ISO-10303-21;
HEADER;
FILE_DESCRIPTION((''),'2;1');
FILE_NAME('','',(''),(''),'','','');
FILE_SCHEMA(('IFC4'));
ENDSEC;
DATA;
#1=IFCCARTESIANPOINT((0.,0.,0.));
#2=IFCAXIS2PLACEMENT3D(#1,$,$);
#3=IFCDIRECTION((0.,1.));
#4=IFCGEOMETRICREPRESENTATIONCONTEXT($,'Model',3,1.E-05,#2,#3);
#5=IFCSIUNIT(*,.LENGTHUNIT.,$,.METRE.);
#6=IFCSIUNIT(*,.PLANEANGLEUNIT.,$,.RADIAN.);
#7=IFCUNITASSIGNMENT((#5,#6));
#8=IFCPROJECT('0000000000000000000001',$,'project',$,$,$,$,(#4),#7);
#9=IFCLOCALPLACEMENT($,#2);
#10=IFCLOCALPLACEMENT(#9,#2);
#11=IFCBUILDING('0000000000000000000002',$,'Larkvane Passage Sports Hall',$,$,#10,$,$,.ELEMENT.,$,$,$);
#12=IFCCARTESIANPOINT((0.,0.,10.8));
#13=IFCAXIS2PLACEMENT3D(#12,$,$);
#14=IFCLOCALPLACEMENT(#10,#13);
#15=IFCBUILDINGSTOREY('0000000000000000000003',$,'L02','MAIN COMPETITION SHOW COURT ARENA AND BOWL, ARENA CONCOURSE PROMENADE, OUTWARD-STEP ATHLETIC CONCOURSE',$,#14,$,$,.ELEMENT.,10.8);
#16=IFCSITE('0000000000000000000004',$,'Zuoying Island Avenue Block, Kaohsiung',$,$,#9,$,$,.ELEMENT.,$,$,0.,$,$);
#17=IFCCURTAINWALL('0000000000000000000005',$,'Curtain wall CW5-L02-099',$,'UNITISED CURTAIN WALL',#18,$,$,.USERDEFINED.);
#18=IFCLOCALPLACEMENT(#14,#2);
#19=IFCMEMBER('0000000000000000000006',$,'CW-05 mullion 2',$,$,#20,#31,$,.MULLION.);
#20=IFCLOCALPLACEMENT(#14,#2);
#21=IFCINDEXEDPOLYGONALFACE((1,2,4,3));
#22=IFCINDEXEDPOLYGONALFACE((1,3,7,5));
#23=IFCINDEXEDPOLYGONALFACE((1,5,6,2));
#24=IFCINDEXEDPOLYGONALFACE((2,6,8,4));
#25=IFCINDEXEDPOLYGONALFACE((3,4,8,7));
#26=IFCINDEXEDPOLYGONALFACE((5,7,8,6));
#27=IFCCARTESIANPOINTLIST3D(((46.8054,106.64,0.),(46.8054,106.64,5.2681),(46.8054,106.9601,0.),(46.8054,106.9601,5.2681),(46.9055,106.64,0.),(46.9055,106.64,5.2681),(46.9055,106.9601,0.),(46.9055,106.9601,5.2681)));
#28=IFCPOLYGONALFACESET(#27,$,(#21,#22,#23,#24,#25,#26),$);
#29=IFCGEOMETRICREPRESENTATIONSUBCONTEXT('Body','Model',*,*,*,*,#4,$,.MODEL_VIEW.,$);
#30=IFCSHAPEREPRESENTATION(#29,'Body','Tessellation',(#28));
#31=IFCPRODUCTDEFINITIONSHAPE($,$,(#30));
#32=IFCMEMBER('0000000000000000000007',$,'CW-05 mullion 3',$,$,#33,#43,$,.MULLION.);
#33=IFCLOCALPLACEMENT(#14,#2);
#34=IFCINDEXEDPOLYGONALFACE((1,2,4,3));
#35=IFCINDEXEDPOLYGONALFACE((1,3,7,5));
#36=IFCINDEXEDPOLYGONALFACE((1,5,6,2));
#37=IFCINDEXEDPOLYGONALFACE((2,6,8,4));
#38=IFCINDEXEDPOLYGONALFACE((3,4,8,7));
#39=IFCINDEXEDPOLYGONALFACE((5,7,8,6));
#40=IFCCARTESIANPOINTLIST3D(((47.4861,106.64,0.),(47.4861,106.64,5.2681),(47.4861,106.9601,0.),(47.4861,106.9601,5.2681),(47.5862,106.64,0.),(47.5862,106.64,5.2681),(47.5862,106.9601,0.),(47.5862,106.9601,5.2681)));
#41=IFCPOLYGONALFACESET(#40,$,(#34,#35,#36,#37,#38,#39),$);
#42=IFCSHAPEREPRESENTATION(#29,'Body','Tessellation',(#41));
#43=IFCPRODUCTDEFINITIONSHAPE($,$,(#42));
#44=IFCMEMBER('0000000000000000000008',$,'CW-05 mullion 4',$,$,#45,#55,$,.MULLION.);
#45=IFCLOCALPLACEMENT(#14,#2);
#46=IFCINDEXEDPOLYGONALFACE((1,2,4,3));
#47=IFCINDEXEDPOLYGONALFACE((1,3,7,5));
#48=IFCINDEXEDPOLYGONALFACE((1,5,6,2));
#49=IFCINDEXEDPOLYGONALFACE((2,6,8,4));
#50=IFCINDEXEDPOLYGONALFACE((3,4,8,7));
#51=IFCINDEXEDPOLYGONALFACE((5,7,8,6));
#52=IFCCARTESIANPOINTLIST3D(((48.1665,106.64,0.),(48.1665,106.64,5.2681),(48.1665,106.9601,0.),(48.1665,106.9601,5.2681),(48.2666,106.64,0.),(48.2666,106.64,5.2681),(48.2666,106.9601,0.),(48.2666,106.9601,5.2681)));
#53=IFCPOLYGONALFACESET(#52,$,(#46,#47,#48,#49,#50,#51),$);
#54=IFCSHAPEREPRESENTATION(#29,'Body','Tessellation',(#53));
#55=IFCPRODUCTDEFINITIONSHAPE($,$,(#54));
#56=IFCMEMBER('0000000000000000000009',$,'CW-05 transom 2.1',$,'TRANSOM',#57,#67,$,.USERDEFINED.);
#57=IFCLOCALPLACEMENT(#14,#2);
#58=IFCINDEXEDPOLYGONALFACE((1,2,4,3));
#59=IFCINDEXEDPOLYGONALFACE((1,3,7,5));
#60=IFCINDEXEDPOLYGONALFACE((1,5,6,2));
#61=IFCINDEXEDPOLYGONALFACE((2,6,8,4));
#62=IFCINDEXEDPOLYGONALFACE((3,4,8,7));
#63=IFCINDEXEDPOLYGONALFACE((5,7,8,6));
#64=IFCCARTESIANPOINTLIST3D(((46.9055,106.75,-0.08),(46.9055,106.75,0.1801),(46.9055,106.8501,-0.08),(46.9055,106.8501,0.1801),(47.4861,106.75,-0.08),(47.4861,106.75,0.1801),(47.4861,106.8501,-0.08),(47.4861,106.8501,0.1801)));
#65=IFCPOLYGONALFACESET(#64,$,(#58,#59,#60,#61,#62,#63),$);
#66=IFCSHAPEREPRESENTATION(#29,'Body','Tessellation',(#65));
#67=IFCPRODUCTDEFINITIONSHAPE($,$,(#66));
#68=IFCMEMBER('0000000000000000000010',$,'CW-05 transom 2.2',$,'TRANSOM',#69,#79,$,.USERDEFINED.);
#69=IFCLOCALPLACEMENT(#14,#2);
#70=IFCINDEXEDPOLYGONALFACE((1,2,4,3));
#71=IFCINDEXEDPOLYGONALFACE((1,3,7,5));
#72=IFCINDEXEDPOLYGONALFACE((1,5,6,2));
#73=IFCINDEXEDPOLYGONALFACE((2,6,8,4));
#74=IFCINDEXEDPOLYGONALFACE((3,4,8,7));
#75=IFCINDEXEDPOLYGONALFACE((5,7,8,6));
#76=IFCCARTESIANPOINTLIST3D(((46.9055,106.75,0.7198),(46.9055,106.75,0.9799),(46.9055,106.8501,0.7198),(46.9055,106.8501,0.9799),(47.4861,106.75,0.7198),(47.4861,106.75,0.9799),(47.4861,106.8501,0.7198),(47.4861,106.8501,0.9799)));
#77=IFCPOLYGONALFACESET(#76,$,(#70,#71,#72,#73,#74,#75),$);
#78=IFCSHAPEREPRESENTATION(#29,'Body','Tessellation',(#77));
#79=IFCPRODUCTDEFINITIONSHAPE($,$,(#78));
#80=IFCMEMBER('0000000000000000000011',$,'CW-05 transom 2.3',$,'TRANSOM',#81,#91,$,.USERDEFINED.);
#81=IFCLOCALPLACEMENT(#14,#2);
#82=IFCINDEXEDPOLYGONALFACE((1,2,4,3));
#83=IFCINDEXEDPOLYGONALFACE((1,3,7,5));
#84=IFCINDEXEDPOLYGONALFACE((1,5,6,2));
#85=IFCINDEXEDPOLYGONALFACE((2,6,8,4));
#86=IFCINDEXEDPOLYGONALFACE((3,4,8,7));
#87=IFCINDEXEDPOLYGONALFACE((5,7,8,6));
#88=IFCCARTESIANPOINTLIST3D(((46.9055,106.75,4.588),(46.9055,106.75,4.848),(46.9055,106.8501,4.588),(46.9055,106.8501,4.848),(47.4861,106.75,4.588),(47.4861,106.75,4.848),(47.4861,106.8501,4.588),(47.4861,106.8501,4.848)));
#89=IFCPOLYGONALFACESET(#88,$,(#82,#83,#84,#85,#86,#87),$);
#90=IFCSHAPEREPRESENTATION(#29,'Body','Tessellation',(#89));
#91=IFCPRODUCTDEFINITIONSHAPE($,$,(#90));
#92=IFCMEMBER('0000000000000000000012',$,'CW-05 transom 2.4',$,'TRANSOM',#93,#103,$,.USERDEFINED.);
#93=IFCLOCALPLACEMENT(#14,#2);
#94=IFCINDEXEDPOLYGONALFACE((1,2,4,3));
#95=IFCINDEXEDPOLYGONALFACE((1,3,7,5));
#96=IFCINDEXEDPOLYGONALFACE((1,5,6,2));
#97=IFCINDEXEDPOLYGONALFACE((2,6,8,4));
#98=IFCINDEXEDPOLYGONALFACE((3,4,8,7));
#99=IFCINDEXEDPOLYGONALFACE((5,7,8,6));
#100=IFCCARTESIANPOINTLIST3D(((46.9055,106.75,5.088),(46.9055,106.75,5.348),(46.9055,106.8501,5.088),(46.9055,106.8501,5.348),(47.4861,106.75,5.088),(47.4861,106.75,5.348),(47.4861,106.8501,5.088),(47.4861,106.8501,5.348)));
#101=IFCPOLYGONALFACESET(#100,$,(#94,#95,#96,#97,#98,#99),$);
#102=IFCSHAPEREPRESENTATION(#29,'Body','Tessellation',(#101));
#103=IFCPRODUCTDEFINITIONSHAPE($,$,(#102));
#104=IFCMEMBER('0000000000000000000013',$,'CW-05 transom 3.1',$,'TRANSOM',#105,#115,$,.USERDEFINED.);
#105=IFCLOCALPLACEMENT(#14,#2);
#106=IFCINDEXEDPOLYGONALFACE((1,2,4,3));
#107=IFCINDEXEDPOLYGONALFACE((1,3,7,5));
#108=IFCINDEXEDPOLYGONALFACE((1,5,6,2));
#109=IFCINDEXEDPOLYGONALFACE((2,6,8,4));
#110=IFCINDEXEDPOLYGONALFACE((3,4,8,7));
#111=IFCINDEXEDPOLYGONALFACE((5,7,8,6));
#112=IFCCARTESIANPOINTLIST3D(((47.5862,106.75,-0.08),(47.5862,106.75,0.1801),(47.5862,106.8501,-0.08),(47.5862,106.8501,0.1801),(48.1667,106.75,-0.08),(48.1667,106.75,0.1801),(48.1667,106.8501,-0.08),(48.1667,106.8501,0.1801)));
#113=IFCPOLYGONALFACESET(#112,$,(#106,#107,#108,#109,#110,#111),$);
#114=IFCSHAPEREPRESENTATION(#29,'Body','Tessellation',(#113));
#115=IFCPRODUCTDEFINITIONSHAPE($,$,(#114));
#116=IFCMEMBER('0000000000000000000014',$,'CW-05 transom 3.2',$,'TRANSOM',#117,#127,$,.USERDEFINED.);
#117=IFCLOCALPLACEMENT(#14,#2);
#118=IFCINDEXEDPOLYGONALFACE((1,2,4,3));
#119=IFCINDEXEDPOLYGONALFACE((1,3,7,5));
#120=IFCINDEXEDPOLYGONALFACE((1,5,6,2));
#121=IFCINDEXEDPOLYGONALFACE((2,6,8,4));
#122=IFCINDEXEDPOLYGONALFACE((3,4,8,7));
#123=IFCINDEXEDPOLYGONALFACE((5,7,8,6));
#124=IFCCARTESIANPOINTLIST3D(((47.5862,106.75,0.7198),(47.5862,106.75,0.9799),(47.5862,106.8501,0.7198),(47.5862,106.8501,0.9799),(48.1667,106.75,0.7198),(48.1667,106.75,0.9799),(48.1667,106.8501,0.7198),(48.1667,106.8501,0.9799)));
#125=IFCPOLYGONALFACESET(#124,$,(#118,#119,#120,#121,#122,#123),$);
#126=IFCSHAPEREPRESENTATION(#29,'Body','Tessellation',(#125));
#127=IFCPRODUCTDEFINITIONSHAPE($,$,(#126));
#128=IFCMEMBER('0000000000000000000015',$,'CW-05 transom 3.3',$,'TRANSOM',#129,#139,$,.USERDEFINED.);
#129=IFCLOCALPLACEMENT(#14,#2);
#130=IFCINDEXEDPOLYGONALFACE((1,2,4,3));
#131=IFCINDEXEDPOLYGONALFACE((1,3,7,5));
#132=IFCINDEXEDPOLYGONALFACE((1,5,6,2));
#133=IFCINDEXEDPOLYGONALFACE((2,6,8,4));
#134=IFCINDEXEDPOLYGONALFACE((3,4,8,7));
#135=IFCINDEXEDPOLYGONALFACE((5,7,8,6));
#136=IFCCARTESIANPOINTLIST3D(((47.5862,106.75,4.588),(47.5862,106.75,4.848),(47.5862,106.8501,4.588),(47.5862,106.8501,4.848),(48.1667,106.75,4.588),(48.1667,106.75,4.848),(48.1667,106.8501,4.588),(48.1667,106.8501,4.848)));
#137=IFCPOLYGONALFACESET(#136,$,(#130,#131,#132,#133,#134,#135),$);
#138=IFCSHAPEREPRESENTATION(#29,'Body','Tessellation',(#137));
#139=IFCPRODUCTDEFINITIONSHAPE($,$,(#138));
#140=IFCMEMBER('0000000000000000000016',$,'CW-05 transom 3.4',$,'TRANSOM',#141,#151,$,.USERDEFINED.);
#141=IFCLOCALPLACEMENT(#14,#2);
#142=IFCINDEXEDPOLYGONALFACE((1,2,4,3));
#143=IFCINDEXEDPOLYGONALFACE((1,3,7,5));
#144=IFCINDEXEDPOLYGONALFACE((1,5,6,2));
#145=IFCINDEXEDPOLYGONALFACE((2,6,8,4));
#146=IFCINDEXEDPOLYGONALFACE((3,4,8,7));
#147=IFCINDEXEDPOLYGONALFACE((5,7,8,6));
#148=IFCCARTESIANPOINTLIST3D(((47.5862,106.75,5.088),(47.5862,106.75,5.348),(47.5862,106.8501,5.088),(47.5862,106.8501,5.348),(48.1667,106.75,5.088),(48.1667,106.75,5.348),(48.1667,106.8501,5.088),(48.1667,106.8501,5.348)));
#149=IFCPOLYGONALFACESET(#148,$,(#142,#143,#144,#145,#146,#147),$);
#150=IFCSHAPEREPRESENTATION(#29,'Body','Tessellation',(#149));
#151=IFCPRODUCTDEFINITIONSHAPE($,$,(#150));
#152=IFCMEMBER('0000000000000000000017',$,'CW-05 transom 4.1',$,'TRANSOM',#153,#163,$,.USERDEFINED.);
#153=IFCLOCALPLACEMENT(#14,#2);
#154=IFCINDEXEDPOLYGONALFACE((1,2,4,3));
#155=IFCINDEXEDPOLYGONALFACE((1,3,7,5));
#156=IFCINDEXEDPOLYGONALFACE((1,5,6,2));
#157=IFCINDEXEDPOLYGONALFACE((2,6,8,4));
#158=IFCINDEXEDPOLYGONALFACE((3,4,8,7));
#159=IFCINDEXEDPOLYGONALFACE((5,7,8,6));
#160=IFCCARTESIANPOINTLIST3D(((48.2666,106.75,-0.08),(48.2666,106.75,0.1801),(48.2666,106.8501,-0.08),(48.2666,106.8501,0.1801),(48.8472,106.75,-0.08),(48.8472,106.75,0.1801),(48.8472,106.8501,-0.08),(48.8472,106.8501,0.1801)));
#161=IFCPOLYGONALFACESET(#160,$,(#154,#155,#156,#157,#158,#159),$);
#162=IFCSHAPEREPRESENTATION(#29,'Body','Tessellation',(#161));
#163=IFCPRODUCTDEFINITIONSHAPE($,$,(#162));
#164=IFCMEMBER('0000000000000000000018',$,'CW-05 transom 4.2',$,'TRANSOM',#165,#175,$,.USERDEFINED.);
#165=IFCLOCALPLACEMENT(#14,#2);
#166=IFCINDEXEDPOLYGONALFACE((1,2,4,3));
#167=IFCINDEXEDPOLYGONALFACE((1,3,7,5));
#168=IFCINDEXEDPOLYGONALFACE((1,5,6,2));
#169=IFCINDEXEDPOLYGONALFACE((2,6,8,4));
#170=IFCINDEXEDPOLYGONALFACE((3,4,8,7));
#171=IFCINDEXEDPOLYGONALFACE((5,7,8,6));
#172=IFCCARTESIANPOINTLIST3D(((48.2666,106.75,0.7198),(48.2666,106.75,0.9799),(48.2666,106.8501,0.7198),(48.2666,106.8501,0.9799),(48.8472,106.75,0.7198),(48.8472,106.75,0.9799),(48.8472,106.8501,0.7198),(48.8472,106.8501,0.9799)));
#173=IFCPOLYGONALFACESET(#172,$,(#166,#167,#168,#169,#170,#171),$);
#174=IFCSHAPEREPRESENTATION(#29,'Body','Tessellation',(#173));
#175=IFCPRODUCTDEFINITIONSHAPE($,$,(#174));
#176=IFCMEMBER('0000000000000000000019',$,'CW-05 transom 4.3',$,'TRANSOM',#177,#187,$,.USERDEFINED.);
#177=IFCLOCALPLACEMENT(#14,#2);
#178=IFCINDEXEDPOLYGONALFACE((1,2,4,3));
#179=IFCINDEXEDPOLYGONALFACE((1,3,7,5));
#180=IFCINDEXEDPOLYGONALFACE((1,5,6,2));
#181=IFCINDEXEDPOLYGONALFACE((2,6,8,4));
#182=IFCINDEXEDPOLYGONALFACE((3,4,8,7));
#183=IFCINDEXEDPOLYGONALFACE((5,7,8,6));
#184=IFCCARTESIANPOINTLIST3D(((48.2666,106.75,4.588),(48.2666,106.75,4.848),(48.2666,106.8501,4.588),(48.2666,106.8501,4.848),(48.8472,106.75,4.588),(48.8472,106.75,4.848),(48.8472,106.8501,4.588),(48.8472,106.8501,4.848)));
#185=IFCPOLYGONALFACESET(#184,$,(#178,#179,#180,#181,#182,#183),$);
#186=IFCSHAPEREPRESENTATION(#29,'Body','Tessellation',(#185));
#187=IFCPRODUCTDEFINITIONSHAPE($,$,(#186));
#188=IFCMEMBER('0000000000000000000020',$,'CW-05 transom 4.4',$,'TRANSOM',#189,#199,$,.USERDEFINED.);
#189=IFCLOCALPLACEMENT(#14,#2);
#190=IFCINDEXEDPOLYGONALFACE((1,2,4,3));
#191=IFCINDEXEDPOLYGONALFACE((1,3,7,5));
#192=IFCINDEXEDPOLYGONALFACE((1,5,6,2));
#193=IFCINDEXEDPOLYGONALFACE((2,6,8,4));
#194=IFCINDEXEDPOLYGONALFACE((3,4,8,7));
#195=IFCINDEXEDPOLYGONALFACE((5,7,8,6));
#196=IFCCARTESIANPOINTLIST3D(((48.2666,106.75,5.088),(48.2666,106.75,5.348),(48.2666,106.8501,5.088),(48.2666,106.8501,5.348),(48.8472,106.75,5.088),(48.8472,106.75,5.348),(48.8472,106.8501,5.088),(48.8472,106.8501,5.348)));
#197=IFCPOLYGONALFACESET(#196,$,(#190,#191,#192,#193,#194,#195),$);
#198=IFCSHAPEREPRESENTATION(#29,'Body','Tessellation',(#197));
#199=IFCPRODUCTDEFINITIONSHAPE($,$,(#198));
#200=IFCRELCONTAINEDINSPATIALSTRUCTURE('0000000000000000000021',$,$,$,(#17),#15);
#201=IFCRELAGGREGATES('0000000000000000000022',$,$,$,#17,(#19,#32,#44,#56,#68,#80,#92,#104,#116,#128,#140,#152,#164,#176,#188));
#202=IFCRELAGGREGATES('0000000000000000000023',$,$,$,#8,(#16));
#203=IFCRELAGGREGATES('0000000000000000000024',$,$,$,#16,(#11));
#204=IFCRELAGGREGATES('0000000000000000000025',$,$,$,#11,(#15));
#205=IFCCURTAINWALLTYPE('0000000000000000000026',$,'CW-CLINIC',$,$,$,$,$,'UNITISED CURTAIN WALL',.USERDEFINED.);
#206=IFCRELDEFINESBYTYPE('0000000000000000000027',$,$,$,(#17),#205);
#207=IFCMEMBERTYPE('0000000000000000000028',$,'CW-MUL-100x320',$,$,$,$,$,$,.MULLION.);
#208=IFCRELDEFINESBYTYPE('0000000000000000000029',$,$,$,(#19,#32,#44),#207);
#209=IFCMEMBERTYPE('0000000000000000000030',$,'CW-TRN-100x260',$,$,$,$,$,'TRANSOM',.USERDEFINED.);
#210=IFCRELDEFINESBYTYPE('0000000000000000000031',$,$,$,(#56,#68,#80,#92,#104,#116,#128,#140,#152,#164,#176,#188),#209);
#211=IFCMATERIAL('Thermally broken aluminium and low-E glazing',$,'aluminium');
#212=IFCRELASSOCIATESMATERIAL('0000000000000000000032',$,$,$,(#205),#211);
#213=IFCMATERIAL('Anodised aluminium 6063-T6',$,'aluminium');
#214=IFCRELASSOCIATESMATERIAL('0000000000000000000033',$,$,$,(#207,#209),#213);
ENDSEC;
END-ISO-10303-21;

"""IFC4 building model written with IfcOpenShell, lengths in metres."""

from ifc_helpers import new_model, si_unit, direction, frame, origin, origin_2d, place, context, subcontext, project, spatial, rectangle, extrude, material, material_profile, profile_set, type_object, element, aggregate, save


model = new_model("IFC4")

# Units and contexts
model_context = context("Model", 3, precision=1e-05, world=origin(), true_north=direction((0.0, 1.0)))
body_context = subcontext(model_context, "Body", "Model", "MODEL_VIEW")
ifc_project = project(units=[si_unit("LENGTHUNIT", "METRE"), si_unit("PLANEANGLEUNIT", "RADIAN")], contexts=[model_context])

# Site, building, storey
site_placement = place(None, origin())
site = spatial("IfcSite", under=ifc_project, at=site_placement, Name="Zuoying Island Avenue Block, Kaohsiung", CompositionType="ELEMENT", RefElevation=0.0)
building_placement = place(site_placement, origin())
building = spatial("IfcBuilding", under=site, at=building_placement, Name="Larkvane Passage Sports Hall", CompositionType="ELEMENT")
storey_placement = place(building_placement, frame((0.0, 0.0, 10.8)))
storey = spatial("IfcBuildingStorey", under=building, at=storey_placement, Name="L02", Description="MAIN COMPETITION SHOW COURT ARENA AND BOWL, ARENA CONCOURSE PROMENADE, OUTWARD-STEP ATHLETIC CONCOURSE", CompositionType="ELEMENT", Elevation=10.8)

# Curtain wall, members
ifc_material_1 = material(Name="Thermally broken aluminium and low-E glazing", Category="aluminium")
curtain_wall_type = type_object("IfcCurtainWallType", Name="CW-CLINIC", ElementType="UNITISED CURTAIN WALL", PredefinedType="USERDEFINED", material=ifc_material_1)
curtain_wall_placement = place(storey_placement, origin())
curtain_wall = element("IfcCurtainWall", 1, at=curtain_wall_placement, inside=storey, type_object=curtain_wall_type, Name="Curtain wall CW5-L02-099", ObjectType="UNITISED CURTAIN WALL", PredefinedType="USERDEFINED")
ifc_material_2 = material(Name="Anodised aluminium 6063-T6", Category="aluminium")
ifc_material_profile_1 = material_profile(ifc_material_2, rectangle(XDim=0.1001, YDim=0.3201, at=origin_2d()), Name="ALU-MUL-100x320")
ifc_profile_set_1 = profile_set([ifc_material_profile_1], Name="Anodised aluminium 6063-T6")
member_type_1 = type_object("IfcMemberType", Name="CW-MUL-100x320", PredefinedType="MULLION", material=ifc_profile_set_1)
member_1_placement = place(storey_placement, frame((46.8555, 106.8, 0.0), z_axis=(0.0, 0.0, 1.0), x_axis=(1.0, 0.0, 0.0)))
member_1 = element("IfcMember", 2, at=member_1_placement, type_object=member_type_1, Name="CW-05 mullion 2", PredefinedType="MULLION", context=body_context, shape_type="SweptSolid", body=[
    extrude(rectangle(XDim=0.1001, YDim=0.3201, at=origin_2d()), origin(), (0.0, 0.0, 1.0), 5.2681),
])
member_2_placement = place(storey_placement, frame((47.5361, 106.8, 0.0), z_axis=(0.0, 0.0, 1.0), x_axis=(1.0, 0.0, 0.0)))
member_2 = element("IfcMember", 3, at=member_2_placement, type_object=member_type_1, Name="CW-05 mullion 3", PredefinedType="MULLION", context=body_context, shape_type="SweptSolid", body=[
    extrude(rectangle(XDim=0.1001, YDim=0.3201, at=origin_2d()), origin(), (0.0, 0.0, 1.0), 5.2681),
])
member_3_placement = place(storey_placement, frame((48.2166, 106.8, 0.0), z_axis=(0.0, 0.0, 1.0), x_axis=(1.0, 0.0, 0.0)))
member_3 = element("IfcMember", 4, at=member_3_placement, type_object=member_type_1, Name="CW-05 mullion 4", PredefinedType="MULLION", context=body_context, shape_type="SweptSolid", body=[
    extrude(rectangle(XDim=0.1001, YDim=0.3201, at=origin_2d()), origin(), (0.0, 0.0, 1.0), 5.2681),
])
ifc_material_profile_2 = material_profile(ifc_material_2, rectangle(XDim=0.1001, YDim=0.26, at=origin_2d()), Name="ALU-TRN-100x260")
ifc_profile_set_2 = profile_set([ifc_material_profile_2], Name="Anodised aluminium 6063-T6")
member_type_2 = type_object("IfcMemberType", Name="CW-TRN-100x260", ElementType="TRANSOM", PredefinedType="USERDEFINED", material=ifc_profile_set_2)
member_4_placement = place(storey_placement, frame((46.9055, 106.8, 0.05), z_axis=(1.0, 0.0, 0.0), x_axis=(0.0, 1.0, 0.0)))
member_4 = element("IfcMember", 5, at=member_4_placement, type_object=member_type_2, Name="CW-05 transom 2.1", ObjectType="TRANSOM", PredefinedType="USERDEFINED", context=body_context, shape_type="SweptSolid", body=[
    extrude(rectangle(XDim=0.1001, YDim=0.26, at=origin_2d()), origin(), (0.0, 0.0, 1.0), 0.5806),
])
member_5_placement = place(storey_placement, frame((46.9055, 106.8, 0.8499), z_axis=(1.0, 0.0, 0.0), x_axis=(0.0, 1.0, 0.0)))
member_5 = element("IfcMember", 6, at=member_5_placement, type_object=member_type_2, Name="CW-05 transom 2.2", ObjectType="TRANSOM", PredefinedType="USERDEFINED", context=body_context, shape_type="SweptSolid", body=[
    extrude(rectangle(XDim=0.1001, YDim=0.26, at=origin_2d()), origin(), (0.0, 0.0, 1.0), 0.5806),
])
member_6_placement = place(storey_placement, frame((46.9055, 106.8, 4.718), z_axis=(1.0, 0.0, 0.0), x_axis=(0.0, 1.0, 0.0)))
member_6 = element("IfcMember", 7, at=member_6_placement, type_object=member_type_2, Name="CW-05 transom 2.3", ObjectType="TRANSOM", PredefinedType="USERDEFINED", context=body_context, shape_type="SweptSolid", body=[
    extrude(rectangle(XDim=0.1001, YDim=0.26, at=origin_2d()), origin(), (0.0, 0.0, 1.0), 0.5806),
])
member_7_placement = place(storey_placement, frame((46.9055, 106.8, 5.218), z_axis=(1.0, 0.0, 0.0), x_axis=(0.0, 1.0, 0.0)))
member_7 = element("IfcMember", 8, at=member_7_placement, type_object=member_type_2, Name="CW-05 transom 2.4", ObjectType="TRANSOM", PredefinedType="USERDEFINED", context=body_context, shape_type="SweptSolid", body=[
    extrude(rectangle(XDim=0.1001, YDim=0.26, at=origin_2d()), origin(), (0.0, 0.0, 1.0), 0.5806),
])
member_8_placement = place(storey_placement, frame((47.5862, 106.8, 0.05), z_axis=(1.0, 0.0, 0.0), x_axis=(0.0, 1.0, 0.0)))
member_8 = element("IfcMember", 9, at=member_8_placement, type_object=member_type_2, Name="CW-05 transom 3.1", ObjectType="TRANSOM", PredefinedType="USERDEFINED", context=body_context, shape_type="SweptSolid", body=[
    extrude(rectangle(XDim=0.1001, YDim=0.26, at=origin_2d()), origin(), (0.0, 0.0, 1.0), 0.5806),
])
member_9_placement = place(storey_placement, frame((47.5862, 106.8, 0.8499), z_axis=(1.0, 0.0, 0.0), x_axis=(0.0, 1.0, 0.0)))
member_9 = element("IfcMember", 10, at=member_9_placement, type_object=member_type_2, Name="CW-05 transom 3.2", ObjectType="TRANSOM", PredefinedType="USERDEFINED", context=body_context, shape_type="SweptSolid", body=[
    extrude(rectangle(XDim=0.1001, YDim=0.26, at=origin_2d()), origin(), (0.0, 0.0, 1.0), 0.5806),
])
member_10_placement = place(storey_placement, frame((47.5862, 106.8, 4.718), z_axis=(1.0, 0.0, 0.0), x_axis=(0.0, 1.0, 0.0)))
member_10 = element("IfcMember", 11, at=member_10_placement, type_object=member_type_2, Name="CW-05 transom 3.3", ObjectType="TRANSOM", PredefinedType="USERDEFINED", context=body_context, shape_type="SweptSolid", body=[
    extrude(rectangle(XDim=0.1001, YDim=0.26, at=origin_2d()), origin(), (0.0, 0.0, 1.0), 0.5806),
])
member_11_placement = place(storey_placement, frame((47.5862, 106.8, 5.218), z_axis=(1.0, 0.0, 0.0), x_axis=(0.0, 1.0, 0.0)))
member_11 = element("IfcMember", 12, at=member_11_placement, type_object=member_type_2, Name="CW-05 transom 3.4", ObjectType="TRANSOM", PredefinedType="USERDEFINED", context=body_context, shape_type="SweptSolid", body=[
    extrude(rectangle(XDim=0.1001, YDim=0.26, at=origin_2d()), origin(), (0.0, 0.0, 1.0), 0.5806),
])
member_12_placement = place(storey_placement, frame((48.2666, 106.8, 0.05), z_axis=(1.0, 0.0, 0.0), x_axis=(0.0, 1.0, 0.0)))
member_12 = element("IfcMember", 13, at=member_12_placement, type_object=member_type_2, Name="CW-05 transom 4.1", ObjectType="TRANSOM", PredefinedType="USERDEFINED", context=body_context, shape_type="SweptSolid", body=[
    extrude(rectangle(XDim=0.1001, YDim=0.26, at=origin_2d()), origin(), (0.0, 0.0, 1.0), 0.5806),
])
member_13_placement = place(storey_placement, frame((48.2666, 106.8, 0.8499), z_axis=(1.0, 0.0, 0.0), x_axis=(0.0, 1.0, 0.0)))
member_13 = element("IfcMember", 14, at=member_13_placement, type_object=member_type_2, Name="CW-05 transom 4.2", ObjectType="TRANSOM", PredefinedType="USERDEFINED", context=body_context, shape_type="SweptSolid", body=[
    extrude(rectangle(XDim=0.1001, YDim=0.26, at=origin_2d()), origin(), (0.0, 0.0, 1.0), 0.5806),
])
member_14_placement = place(storey_placement, frame((48.2666, 106.8, 4.718), z_axis=(1.0, 0.0, 0.0), x_axis=(0.0, 1.0, 0.0)))
member_14 = element("IfcMember", 15, at=member_14_placement, type_object=member_type_2, Name="CW-05 transom 4.3", ObjectType="TRANSOM", PredefinedType="USERDEFINED", context=body_context, shape_type="SweptSolid", body=[
    extrude(rectangle(XDim=0.1001, YDim=0.26, at=origin_2d()), origin(), (0.0, 0.0, 1.0), 0.5806),
])
member_15_placement = place(storey_placement, frame((48.2666, 106.8, 5.218), z_axis=(1.0, 0.0, 0.0), x_axis=(0.0, 1.0, 0.0)))
member_15 = element("IfcMember", 16, at=member_15_placement, type_object=member_type_2, Name="CW-05 transom 4.4", ObjectType="TRANSOM", PredefinedType="USERDEFINED", context=body_context, shape_type="SweptSolid", body=[
    extrude(rectangle(XDim=0.1001, YDim=0.26, at=origin_2d()), origin(), (0.0, 0.0, 1.0), 0.5806),
])
aggregate(curtain_wall, [member_1, member_2, member_3, member_4, member_5, member_6, member_7, member_8, member_9, member_10, member_11, member_12, member_13, member_14, member_15])

save(model, "model.ifc")
